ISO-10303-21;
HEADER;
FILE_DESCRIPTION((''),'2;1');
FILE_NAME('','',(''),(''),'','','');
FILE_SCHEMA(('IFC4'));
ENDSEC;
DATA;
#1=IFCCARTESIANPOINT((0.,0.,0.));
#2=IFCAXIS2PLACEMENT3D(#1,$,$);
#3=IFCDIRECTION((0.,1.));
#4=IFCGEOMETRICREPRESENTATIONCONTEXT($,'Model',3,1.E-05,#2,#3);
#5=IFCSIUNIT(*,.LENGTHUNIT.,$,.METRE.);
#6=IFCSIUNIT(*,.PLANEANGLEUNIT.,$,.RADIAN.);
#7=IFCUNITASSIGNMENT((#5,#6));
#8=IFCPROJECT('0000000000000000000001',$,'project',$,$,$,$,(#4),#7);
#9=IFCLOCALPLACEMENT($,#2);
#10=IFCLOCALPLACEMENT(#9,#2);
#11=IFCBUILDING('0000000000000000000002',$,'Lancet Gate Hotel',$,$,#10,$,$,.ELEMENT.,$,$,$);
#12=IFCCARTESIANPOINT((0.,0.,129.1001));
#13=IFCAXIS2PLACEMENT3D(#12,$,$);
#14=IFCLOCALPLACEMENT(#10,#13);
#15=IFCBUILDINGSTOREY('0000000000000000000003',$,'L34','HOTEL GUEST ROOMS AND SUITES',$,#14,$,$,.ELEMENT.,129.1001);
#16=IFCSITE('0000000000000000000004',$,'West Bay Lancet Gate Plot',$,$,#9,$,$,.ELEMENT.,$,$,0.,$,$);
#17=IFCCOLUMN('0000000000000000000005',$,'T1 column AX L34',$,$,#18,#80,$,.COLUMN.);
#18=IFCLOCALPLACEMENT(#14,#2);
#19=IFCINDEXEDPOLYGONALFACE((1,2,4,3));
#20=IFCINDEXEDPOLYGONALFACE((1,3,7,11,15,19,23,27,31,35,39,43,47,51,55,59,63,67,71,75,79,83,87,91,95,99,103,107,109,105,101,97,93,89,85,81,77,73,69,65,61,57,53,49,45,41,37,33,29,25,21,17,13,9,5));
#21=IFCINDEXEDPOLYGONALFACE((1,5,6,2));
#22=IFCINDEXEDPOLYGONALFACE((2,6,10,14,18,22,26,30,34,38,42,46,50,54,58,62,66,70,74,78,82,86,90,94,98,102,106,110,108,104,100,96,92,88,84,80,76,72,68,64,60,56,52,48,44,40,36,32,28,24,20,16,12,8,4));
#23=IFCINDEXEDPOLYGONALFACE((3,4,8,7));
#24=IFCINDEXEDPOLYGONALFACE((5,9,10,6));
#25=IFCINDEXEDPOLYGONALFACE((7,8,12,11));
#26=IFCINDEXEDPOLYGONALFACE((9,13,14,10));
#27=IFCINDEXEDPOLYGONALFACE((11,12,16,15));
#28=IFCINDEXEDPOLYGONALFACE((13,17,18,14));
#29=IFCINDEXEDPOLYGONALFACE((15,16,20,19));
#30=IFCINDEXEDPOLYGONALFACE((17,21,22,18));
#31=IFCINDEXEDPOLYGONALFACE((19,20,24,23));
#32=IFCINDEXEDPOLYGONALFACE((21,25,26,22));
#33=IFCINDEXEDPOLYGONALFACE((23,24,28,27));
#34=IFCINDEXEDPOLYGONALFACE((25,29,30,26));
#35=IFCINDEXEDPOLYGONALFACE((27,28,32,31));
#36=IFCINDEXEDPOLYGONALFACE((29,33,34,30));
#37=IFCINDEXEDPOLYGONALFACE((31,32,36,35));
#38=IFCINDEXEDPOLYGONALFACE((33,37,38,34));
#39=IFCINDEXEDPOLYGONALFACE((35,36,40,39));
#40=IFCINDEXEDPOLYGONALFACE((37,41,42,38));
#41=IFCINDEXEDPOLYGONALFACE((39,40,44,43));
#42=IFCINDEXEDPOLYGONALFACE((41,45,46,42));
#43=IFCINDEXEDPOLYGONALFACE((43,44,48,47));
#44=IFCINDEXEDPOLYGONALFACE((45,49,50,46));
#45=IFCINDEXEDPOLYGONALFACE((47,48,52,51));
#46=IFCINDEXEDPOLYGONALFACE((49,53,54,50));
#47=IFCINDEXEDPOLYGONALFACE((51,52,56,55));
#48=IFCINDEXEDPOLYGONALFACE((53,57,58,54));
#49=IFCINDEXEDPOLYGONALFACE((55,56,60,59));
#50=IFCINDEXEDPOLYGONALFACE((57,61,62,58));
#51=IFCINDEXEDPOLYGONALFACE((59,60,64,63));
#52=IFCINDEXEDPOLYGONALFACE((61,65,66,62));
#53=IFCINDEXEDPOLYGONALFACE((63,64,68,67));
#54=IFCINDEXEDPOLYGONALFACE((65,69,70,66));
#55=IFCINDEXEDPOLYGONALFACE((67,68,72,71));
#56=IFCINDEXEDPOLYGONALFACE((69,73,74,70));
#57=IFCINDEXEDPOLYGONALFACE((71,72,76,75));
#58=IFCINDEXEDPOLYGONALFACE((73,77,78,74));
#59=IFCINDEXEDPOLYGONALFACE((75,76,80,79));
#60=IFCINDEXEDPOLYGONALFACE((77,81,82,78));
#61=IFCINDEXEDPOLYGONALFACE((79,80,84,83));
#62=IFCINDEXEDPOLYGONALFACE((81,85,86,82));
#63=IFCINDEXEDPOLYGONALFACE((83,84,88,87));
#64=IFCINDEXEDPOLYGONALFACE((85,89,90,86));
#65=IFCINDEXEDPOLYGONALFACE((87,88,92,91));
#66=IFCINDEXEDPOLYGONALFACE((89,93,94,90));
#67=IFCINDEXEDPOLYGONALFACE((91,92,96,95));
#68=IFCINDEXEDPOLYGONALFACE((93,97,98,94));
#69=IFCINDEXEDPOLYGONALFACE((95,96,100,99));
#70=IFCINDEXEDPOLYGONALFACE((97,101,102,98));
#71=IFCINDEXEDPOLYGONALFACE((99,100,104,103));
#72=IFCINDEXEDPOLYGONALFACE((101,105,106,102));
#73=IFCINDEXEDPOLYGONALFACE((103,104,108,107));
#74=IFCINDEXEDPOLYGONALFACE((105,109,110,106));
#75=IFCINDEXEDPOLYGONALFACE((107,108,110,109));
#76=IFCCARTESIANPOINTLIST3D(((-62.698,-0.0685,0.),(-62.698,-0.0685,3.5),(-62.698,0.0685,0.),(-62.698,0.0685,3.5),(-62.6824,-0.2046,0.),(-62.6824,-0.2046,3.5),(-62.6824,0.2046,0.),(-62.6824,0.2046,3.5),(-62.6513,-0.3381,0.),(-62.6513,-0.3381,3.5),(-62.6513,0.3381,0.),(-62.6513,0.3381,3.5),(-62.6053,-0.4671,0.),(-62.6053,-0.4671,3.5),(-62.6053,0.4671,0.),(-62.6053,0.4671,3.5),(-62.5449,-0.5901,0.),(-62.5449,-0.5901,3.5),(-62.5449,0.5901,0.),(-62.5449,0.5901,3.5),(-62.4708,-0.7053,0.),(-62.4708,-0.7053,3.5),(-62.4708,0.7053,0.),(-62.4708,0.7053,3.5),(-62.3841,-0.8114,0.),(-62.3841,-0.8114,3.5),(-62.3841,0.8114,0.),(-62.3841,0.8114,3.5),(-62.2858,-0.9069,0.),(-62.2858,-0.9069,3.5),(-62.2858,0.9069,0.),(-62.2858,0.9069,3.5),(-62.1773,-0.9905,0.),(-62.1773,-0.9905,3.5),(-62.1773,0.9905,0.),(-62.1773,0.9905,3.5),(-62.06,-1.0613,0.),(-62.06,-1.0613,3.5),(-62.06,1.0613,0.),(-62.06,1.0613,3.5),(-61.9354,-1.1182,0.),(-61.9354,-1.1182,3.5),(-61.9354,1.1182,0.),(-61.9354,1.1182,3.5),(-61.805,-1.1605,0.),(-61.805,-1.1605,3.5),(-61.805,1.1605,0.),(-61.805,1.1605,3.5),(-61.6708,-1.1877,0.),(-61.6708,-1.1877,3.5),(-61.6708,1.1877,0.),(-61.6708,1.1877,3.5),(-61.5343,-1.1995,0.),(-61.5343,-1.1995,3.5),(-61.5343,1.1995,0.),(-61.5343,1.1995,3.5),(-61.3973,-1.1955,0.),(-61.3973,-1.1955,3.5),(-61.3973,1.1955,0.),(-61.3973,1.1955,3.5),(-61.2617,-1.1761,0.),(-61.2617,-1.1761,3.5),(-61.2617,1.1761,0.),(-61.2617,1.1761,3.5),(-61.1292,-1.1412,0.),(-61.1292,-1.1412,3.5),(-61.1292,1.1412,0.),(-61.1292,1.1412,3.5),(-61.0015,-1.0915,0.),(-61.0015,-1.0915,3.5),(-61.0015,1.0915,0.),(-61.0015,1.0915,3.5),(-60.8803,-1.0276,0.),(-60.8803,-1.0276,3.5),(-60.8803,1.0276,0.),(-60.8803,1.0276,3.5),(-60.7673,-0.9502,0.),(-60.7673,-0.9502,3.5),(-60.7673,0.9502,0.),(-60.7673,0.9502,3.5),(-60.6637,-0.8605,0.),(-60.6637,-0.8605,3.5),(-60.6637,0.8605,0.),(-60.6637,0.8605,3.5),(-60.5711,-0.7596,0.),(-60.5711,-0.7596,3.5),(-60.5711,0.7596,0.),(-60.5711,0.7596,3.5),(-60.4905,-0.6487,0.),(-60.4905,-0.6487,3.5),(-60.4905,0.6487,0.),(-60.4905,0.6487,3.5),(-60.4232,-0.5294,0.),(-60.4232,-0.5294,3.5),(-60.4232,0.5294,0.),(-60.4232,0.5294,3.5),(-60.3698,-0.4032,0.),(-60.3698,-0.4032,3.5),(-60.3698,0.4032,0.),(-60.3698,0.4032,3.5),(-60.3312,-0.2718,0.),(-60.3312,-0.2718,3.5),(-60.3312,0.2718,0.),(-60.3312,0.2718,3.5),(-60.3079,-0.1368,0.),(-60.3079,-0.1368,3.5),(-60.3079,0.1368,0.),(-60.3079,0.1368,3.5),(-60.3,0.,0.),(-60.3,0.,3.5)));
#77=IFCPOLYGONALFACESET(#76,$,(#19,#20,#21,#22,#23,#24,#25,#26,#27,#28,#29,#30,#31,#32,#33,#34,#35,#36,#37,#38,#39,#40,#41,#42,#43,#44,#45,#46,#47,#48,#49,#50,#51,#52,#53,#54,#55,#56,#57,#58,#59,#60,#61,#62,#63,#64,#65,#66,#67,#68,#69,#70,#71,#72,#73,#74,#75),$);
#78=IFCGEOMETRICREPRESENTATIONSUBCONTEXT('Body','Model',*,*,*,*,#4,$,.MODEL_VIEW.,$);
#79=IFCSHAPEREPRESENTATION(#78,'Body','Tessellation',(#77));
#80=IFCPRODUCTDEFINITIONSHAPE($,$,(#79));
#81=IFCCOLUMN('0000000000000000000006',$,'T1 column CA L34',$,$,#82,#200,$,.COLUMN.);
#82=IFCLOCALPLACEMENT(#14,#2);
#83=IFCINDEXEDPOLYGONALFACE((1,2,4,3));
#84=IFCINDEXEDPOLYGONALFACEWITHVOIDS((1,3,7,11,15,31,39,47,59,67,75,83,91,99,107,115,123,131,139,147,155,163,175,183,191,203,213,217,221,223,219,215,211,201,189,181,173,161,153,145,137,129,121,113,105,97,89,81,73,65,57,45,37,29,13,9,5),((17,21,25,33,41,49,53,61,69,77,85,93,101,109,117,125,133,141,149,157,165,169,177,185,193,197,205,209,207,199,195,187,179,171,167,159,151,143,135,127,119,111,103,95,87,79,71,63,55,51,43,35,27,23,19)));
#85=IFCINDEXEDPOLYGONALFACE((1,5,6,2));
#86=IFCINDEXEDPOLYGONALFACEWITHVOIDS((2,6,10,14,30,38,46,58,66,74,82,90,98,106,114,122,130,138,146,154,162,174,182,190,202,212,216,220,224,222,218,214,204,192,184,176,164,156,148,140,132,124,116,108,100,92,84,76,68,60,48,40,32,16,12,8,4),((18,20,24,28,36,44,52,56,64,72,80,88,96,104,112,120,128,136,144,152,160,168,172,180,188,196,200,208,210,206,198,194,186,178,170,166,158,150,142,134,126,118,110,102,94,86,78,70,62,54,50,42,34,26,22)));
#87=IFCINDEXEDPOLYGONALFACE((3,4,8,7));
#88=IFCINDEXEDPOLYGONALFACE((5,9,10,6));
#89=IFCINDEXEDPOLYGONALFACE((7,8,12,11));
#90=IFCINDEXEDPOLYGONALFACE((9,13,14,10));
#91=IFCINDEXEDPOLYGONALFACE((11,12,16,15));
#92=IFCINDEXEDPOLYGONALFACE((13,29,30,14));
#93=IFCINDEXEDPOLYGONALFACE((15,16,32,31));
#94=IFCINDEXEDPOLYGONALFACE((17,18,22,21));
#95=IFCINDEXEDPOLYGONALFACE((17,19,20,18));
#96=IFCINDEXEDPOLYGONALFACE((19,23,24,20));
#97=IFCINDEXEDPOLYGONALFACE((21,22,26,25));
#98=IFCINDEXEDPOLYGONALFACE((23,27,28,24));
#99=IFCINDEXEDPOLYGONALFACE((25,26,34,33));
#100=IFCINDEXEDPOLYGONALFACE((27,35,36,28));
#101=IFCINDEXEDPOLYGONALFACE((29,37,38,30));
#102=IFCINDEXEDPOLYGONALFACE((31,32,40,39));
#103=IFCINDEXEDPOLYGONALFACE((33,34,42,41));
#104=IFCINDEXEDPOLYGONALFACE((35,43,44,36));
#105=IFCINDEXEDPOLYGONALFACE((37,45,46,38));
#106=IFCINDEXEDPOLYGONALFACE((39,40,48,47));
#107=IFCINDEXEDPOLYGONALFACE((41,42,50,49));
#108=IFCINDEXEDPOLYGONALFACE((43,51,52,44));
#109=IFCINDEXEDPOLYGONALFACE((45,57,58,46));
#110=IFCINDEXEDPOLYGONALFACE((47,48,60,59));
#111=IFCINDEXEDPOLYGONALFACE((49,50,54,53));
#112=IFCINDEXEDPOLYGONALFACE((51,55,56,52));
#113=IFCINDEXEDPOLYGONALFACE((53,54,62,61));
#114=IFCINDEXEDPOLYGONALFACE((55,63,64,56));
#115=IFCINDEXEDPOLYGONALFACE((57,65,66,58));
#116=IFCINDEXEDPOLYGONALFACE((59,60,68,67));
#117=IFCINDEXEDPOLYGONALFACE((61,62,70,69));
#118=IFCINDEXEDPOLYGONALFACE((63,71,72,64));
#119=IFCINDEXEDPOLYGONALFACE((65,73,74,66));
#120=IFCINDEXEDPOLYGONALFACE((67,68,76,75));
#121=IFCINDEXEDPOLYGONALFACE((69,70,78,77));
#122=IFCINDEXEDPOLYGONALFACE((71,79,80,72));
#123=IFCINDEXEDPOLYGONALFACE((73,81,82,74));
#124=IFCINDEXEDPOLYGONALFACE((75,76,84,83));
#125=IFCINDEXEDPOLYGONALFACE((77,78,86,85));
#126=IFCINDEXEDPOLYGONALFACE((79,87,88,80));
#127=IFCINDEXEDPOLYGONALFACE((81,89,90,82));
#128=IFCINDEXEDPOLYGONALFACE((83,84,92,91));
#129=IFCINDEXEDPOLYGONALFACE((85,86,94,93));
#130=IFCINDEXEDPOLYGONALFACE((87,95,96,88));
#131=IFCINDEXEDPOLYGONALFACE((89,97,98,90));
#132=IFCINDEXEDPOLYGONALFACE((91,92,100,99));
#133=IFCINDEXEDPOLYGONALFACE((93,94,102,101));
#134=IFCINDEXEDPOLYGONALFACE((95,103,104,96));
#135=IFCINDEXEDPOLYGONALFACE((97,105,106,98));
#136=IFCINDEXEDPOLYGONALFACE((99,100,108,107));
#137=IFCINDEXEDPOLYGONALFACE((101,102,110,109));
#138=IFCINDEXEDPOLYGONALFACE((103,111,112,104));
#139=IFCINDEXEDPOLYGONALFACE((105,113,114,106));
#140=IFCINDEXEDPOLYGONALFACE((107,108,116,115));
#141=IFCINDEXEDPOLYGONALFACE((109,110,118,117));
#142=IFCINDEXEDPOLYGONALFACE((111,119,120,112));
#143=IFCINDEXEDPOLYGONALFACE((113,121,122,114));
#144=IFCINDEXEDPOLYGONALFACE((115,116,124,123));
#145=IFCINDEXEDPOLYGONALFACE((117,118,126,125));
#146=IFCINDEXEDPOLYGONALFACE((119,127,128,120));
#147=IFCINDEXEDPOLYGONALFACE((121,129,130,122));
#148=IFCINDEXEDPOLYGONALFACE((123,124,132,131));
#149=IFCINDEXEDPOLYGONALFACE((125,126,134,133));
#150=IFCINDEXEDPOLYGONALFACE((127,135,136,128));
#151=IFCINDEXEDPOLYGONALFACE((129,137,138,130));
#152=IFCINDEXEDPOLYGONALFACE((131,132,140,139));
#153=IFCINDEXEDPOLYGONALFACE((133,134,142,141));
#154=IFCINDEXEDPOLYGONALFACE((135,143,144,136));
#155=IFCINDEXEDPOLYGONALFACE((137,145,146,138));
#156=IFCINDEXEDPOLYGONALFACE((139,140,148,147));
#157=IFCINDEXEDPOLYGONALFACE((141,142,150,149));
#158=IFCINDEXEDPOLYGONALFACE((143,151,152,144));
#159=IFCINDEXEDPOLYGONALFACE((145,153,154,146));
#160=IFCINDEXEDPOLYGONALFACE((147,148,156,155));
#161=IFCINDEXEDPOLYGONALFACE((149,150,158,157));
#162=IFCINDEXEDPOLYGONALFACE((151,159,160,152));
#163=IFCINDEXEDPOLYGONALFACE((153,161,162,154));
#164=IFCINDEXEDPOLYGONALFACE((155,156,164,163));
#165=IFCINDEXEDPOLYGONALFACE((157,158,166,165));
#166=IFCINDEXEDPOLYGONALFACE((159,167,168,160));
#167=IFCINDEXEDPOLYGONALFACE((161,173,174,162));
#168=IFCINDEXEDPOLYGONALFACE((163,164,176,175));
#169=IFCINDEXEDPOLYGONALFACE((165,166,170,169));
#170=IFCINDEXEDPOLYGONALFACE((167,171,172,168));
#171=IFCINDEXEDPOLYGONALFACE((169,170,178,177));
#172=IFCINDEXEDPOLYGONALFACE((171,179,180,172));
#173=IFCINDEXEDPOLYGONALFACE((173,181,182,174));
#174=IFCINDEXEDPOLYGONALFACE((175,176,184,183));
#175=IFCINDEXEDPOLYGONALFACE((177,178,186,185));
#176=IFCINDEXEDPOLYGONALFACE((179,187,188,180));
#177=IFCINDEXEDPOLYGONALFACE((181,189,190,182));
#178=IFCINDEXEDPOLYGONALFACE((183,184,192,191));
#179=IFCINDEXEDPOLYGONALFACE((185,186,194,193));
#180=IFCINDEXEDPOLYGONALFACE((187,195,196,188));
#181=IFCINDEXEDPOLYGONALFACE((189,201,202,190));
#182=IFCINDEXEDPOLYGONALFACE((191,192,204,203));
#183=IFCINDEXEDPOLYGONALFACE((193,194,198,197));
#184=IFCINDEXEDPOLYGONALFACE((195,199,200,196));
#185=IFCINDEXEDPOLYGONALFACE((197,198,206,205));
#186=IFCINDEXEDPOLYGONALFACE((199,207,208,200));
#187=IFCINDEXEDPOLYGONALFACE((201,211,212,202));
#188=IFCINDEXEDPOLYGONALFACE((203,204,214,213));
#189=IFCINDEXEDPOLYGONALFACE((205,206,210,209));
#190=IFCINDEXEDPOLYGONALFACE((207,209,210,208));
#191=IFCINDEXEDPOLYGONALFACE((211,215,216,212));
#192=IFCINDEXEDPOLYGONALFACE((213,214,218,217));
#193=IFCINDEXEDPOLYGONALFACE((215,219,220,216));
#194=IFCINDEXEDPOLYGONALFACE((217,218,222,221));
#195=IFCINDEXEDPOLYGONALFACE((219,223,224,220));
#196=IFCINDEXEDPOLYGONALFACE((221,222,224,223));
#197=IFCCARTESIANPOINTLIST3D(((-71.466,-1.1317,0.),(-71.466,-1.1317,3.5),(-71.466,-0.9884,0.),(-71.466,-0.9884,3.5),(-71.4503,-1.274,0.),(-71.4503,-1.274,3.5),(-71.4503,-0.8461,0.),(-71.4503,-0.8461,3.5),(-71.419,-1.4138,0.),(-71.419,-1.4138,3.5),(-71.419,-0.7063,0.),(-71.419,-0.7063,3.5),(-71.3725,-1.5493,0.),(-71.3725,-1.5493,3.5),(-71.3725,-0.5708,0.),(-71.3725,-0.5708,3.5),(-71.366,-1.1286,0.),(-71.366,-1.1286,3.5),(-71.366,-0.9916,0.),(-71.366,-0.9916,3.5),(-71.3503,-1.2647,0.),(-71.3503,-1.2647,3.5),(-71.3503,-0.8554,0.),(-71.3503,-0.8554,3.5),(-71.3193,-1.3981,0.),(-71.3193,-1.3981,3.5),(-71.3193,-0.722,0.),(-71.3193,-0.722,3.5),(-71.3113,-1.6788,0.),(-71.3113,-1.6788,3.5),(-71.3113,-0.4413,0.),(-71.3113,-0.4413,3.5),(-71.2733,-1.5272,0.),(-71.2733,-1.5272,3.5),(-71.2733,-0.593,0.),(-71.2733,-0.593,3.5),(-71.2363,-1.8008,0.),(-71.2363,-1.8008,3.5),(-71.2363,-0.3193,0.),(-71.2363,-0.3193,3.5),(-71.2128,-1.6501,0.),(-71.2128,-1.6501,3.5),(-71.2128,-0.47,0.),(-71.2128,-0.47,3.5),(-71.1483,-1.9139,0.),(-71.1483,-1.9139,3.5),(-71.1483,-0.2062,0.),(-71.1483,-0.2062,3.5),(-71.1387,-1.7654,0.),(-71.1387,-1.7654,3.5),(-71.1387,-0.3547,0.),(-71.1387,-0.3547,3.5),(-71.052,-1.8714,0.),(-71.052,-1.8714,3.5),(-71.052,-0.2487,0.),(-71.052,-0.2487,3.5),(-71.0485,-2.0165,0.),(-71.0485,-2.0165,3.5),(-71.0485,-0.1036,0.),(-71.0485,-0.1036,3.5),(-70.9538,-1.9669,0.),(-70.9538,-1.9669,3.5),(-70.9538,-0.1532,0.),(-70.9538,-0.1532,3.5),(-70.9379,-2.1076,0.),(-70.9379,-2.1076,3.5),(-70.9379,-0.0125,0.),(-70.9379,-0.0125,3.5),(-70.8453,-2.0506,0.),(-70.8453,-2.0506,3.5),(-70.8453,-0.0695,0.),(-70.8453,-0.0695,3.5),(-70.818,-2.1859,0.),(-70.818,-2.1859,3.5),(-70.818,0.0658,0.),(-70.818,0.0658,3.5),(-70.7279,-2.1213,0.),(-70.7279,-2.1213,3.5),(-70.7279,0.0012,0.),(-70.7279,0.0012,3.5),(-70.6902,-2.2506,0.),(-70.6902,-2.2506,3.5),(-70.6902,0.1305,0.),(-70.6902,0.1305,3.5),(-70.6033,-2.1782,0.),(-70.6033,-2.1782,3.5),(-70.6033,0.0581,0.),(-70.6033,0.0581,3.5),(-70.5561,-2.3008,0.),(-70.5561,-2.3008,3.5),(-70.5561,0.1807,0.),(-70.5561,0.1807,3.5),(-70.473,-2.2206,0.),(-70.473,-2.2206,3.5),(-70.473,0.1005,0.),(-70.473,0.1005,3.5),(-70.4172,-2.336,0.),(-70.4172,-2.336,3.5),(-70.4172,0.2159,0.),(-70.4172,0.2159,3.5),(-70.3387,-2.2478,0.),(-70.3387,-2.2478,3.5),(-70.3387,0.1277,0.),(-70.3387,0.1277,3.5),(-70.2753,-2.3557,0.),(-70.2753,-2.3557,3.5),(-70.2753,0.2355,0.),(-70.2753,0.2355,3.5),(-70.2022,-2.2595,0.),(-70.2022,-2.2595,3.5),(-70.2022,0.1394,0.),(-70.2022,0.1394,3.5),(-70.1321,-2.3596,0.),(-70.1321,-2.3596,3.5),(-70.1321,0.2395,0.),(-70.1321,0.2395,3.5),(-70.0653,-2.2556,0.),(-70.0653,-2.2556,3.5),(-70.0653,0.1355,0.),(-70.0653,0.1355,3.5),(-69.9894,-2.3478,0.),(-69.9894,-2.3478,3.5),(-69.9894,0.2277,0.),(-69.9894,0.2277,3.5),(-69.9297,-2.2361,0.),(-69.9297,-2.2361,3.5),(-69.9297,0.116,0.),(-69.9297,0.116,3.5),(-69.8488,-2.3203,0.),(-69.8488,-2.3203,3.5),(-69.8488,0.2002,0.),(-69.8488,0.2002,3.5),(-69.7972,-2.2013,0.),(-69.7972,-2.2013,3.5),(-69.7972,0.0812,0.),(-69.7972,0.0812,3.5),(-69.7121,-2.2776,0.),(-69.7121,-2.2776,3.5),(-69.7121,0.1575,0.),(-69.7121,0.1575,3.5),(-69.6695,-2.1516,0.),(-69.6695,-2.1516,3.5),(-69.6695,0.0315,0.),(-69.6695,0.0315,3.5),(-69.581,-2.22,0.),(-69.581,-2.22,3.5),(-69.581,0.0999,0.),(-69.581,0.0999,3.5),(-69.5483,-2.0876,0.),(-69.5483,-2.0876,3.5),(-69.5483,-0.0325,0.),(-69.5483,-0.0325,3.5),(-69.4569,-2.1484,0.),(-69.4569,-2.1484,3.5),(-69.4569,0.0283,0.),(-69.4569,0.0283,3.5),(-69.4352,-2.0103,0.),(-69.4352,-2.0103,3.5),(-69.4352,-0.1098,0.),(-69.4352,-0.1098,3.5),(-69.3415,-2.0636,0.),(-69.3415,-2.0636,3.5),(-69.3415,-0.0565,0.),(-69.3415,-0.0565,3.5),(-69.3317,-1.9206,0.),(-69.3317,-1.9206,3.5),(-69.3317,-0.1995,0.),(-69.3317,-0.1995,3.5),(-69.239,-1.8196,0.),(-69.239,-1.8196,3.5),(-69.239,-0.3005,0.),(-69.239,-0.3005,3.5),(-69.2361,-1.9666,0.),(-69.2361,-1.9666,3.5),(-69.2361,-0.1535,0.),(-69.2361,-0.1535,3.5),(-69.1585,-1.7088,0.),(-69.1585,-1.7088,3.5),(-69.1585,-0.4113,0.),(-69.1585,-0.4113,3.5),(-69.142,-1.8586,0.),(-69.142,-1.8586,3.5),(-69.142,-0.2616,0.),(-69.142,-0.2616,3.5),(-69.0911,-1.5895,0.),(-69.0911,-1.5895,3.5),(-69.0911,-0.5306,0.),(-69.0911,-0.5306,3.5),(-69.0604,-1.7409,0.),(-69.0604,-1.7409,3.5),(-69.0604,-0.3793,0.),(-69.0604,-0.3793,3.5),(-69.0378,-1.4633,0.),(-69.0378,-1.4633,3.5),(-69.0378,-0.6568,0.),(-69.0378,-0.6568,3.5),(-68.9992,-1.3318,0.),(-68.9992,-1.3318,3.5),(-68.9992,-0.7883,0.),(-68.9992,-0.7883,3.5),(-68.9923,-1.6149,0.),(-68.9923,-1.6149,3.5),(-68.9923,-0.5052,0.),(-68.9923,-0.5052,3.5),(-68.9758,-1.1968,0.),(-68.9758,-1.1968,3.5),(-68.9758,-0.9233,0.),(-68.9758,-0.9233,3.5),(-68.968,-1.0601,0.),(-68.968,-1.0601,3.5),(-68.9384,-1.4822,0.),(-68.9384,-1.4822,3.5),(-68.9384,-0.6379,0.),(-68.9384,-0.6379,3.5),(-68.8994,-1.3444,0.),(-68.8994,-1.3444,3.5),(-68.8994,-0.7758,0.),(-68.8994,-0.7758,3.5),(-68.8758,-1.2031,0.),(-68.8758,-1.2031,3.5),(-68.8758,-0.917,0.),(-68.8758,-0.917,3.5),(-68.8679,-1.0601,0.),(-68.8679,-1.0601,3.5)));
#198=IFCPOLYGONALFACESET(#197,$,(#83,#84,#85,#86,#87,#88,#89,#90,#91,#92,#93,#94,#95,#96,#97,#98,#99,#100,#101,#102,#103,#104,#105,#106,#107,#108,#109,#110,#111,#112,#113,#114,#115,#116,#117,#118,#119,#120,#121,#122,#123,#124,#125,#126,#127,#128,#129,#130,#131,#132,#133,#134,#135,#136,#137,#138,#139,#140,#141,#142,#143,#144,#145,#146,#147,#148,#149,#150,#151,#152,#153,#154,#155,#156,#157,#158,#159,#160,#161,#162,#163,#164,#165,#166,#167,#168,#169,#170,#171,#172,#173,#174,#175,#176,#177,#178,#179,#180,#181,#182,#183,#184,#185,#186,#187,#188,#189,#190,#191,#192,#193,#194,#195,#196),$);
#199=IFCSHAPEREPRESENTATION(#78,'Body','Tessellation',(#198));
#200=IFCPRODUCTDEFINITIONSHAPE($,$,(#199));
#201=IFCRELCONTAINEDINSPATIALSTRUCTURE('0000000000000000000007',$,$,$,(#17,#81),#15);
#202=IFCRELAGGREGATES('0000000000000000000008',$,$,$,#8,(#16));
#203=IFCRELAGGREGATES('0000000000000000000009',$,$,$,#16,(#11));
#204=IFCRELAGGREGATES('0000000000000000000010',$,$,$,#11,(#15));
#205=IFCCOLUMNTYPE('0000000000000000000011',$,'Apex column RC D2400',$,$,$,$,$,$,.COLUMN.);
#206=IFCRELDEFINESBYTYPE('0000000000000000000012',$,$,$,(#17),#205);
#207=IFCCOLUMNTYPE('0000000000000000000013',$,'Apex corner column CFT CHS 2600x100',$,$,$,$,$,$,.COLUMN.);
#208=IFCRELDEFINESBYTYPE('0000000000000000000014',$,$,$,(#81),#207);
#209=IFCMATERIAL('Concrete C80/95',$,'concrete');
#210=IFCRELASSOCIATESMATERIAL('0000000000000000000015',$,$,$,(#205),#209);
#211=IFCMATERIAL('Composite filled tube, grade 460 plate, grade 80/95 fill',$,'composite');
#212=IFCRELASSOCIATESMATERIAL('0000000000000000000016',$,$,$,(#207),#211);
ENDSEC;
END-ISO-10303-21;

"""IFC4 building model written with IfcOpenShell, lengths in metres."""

from ifc_helpers import new_model, si_unit, direction, frame, origin, origin_2d, place, context, subcontext, project, spatial, circle, hollow_circle, extrude, material, material_profile, profile_set, type_object, element, save


model = new_model("IFC4")

# Units and contexts
model_context = context("Model", 3, precision=1e-05, world=origin(), true_north=direction((0.0, 1.0)))
body_context = subcontext(model_context, "Body", "Model", "MODEL_VIEW")
ifc_project = project(units=[si_unit("LENGTHUNIT", "METRE"), si_unit("PLANEANGLEUNIT", "RADIAN")], contexts=[model_context])

# Site, building, storey
site_placement = place(None, origin())
site = spatial("IfcSite", under=ifc_project, at=site_placement, Name="West Bay Lancet Gate Plot", CompositionType="ELEMENT", RefElevation=0.0)
building_placement = place(site_placement, origin())
building = spatial("IfcBuilding", under=site, at=building_placement, Name="Lancet Gate Hotel", CompositionType="ELEMENT")
storey_placement = place(building_placement, frame((0.0, 0.0, 129.1001)))
storey = spatial("IfcBuildingStorey", under=building, at=storey_placement, Name="L34", Description="HOTEL GUEST ROOMS AND SUITES", CompositionType="ELEMENT", Elevation=129.1001)

# Columns
ifc_material_1 = material(Name="Concrete C80/95", Category="concrete")
ifc_material_profile_1 = material_profile(ifc_material_1, circle(Radius=1.2, at=origin_2d()), Name="RC D2400")
ifc_profile_set_1 = profile_set([ifc_material_profile_1], Name="Concrete C80/95")
column_type_1 = type_object("IfcColumnType", Name="Apex column RC D2400", PredefinedType="COLUMN", material=ifc_profile_set_1)
column_1_placement = place(storey_placement, frame((-61.5, 0.0, 0.0), z_axis=(0.0, 0.0, 1.0), x_axis=(1.0, 0.0, 0.0)))
element("IfcColumn", 1, at=column_1_placement, inside=storey, type_object=column_type_1, Name="T1 column AX L34", PredefinedType="COLUMN", context=body_context, shape_type="SweptSolid", body=[
    extrude(circle(Radius=1.2, at=origin_2d()), origin(), (0.0, 0.0, 1.0), 3.5),
])
ifc_material_2 = material(Name="Composite filled tube, grade 460 plate, grade 80/95 fill", Category="composite")
ifc_material_profile_2 = material_profile(ifc_material_2, hollow_circle(Radius=1.3, WallThickness=0.1001, at=origin_2d()), Name="CHS 2600x100")
ifc_profile_set_2 = profile_set([ifc_material_profile_2], Name="Composite filled tube, grade 460 plate, grade 80/95 fill")
column_type_2 = type_object("IfcColumnType", Name="Apex corner column CFT CHS 2600x100", PredefinedType="COLUMN", material=ifc_profile_set_2)
column_2_placement = place(storey_placement, frame((-70.168, -1.0601, 0.0), z_axis=(0.0, 0.0, 1.0), x_axis=(1.0, 0.0, 0.0)))
element("IfcColumn", 2, at=column_2_placement, inside=storey, type_object=column_type_2, Name="T1 column CA L34", PredefinedType="COLUMN", context=body_context, shape_type="SweptSolid", body=[
    extrude(hollow_circle(Radius=1.3, WallThickness=0.1001, at=origin_2d()), origin(), (0.0, 0.0, 1.0), 3.5),
])

save(model, "model.ifc")
